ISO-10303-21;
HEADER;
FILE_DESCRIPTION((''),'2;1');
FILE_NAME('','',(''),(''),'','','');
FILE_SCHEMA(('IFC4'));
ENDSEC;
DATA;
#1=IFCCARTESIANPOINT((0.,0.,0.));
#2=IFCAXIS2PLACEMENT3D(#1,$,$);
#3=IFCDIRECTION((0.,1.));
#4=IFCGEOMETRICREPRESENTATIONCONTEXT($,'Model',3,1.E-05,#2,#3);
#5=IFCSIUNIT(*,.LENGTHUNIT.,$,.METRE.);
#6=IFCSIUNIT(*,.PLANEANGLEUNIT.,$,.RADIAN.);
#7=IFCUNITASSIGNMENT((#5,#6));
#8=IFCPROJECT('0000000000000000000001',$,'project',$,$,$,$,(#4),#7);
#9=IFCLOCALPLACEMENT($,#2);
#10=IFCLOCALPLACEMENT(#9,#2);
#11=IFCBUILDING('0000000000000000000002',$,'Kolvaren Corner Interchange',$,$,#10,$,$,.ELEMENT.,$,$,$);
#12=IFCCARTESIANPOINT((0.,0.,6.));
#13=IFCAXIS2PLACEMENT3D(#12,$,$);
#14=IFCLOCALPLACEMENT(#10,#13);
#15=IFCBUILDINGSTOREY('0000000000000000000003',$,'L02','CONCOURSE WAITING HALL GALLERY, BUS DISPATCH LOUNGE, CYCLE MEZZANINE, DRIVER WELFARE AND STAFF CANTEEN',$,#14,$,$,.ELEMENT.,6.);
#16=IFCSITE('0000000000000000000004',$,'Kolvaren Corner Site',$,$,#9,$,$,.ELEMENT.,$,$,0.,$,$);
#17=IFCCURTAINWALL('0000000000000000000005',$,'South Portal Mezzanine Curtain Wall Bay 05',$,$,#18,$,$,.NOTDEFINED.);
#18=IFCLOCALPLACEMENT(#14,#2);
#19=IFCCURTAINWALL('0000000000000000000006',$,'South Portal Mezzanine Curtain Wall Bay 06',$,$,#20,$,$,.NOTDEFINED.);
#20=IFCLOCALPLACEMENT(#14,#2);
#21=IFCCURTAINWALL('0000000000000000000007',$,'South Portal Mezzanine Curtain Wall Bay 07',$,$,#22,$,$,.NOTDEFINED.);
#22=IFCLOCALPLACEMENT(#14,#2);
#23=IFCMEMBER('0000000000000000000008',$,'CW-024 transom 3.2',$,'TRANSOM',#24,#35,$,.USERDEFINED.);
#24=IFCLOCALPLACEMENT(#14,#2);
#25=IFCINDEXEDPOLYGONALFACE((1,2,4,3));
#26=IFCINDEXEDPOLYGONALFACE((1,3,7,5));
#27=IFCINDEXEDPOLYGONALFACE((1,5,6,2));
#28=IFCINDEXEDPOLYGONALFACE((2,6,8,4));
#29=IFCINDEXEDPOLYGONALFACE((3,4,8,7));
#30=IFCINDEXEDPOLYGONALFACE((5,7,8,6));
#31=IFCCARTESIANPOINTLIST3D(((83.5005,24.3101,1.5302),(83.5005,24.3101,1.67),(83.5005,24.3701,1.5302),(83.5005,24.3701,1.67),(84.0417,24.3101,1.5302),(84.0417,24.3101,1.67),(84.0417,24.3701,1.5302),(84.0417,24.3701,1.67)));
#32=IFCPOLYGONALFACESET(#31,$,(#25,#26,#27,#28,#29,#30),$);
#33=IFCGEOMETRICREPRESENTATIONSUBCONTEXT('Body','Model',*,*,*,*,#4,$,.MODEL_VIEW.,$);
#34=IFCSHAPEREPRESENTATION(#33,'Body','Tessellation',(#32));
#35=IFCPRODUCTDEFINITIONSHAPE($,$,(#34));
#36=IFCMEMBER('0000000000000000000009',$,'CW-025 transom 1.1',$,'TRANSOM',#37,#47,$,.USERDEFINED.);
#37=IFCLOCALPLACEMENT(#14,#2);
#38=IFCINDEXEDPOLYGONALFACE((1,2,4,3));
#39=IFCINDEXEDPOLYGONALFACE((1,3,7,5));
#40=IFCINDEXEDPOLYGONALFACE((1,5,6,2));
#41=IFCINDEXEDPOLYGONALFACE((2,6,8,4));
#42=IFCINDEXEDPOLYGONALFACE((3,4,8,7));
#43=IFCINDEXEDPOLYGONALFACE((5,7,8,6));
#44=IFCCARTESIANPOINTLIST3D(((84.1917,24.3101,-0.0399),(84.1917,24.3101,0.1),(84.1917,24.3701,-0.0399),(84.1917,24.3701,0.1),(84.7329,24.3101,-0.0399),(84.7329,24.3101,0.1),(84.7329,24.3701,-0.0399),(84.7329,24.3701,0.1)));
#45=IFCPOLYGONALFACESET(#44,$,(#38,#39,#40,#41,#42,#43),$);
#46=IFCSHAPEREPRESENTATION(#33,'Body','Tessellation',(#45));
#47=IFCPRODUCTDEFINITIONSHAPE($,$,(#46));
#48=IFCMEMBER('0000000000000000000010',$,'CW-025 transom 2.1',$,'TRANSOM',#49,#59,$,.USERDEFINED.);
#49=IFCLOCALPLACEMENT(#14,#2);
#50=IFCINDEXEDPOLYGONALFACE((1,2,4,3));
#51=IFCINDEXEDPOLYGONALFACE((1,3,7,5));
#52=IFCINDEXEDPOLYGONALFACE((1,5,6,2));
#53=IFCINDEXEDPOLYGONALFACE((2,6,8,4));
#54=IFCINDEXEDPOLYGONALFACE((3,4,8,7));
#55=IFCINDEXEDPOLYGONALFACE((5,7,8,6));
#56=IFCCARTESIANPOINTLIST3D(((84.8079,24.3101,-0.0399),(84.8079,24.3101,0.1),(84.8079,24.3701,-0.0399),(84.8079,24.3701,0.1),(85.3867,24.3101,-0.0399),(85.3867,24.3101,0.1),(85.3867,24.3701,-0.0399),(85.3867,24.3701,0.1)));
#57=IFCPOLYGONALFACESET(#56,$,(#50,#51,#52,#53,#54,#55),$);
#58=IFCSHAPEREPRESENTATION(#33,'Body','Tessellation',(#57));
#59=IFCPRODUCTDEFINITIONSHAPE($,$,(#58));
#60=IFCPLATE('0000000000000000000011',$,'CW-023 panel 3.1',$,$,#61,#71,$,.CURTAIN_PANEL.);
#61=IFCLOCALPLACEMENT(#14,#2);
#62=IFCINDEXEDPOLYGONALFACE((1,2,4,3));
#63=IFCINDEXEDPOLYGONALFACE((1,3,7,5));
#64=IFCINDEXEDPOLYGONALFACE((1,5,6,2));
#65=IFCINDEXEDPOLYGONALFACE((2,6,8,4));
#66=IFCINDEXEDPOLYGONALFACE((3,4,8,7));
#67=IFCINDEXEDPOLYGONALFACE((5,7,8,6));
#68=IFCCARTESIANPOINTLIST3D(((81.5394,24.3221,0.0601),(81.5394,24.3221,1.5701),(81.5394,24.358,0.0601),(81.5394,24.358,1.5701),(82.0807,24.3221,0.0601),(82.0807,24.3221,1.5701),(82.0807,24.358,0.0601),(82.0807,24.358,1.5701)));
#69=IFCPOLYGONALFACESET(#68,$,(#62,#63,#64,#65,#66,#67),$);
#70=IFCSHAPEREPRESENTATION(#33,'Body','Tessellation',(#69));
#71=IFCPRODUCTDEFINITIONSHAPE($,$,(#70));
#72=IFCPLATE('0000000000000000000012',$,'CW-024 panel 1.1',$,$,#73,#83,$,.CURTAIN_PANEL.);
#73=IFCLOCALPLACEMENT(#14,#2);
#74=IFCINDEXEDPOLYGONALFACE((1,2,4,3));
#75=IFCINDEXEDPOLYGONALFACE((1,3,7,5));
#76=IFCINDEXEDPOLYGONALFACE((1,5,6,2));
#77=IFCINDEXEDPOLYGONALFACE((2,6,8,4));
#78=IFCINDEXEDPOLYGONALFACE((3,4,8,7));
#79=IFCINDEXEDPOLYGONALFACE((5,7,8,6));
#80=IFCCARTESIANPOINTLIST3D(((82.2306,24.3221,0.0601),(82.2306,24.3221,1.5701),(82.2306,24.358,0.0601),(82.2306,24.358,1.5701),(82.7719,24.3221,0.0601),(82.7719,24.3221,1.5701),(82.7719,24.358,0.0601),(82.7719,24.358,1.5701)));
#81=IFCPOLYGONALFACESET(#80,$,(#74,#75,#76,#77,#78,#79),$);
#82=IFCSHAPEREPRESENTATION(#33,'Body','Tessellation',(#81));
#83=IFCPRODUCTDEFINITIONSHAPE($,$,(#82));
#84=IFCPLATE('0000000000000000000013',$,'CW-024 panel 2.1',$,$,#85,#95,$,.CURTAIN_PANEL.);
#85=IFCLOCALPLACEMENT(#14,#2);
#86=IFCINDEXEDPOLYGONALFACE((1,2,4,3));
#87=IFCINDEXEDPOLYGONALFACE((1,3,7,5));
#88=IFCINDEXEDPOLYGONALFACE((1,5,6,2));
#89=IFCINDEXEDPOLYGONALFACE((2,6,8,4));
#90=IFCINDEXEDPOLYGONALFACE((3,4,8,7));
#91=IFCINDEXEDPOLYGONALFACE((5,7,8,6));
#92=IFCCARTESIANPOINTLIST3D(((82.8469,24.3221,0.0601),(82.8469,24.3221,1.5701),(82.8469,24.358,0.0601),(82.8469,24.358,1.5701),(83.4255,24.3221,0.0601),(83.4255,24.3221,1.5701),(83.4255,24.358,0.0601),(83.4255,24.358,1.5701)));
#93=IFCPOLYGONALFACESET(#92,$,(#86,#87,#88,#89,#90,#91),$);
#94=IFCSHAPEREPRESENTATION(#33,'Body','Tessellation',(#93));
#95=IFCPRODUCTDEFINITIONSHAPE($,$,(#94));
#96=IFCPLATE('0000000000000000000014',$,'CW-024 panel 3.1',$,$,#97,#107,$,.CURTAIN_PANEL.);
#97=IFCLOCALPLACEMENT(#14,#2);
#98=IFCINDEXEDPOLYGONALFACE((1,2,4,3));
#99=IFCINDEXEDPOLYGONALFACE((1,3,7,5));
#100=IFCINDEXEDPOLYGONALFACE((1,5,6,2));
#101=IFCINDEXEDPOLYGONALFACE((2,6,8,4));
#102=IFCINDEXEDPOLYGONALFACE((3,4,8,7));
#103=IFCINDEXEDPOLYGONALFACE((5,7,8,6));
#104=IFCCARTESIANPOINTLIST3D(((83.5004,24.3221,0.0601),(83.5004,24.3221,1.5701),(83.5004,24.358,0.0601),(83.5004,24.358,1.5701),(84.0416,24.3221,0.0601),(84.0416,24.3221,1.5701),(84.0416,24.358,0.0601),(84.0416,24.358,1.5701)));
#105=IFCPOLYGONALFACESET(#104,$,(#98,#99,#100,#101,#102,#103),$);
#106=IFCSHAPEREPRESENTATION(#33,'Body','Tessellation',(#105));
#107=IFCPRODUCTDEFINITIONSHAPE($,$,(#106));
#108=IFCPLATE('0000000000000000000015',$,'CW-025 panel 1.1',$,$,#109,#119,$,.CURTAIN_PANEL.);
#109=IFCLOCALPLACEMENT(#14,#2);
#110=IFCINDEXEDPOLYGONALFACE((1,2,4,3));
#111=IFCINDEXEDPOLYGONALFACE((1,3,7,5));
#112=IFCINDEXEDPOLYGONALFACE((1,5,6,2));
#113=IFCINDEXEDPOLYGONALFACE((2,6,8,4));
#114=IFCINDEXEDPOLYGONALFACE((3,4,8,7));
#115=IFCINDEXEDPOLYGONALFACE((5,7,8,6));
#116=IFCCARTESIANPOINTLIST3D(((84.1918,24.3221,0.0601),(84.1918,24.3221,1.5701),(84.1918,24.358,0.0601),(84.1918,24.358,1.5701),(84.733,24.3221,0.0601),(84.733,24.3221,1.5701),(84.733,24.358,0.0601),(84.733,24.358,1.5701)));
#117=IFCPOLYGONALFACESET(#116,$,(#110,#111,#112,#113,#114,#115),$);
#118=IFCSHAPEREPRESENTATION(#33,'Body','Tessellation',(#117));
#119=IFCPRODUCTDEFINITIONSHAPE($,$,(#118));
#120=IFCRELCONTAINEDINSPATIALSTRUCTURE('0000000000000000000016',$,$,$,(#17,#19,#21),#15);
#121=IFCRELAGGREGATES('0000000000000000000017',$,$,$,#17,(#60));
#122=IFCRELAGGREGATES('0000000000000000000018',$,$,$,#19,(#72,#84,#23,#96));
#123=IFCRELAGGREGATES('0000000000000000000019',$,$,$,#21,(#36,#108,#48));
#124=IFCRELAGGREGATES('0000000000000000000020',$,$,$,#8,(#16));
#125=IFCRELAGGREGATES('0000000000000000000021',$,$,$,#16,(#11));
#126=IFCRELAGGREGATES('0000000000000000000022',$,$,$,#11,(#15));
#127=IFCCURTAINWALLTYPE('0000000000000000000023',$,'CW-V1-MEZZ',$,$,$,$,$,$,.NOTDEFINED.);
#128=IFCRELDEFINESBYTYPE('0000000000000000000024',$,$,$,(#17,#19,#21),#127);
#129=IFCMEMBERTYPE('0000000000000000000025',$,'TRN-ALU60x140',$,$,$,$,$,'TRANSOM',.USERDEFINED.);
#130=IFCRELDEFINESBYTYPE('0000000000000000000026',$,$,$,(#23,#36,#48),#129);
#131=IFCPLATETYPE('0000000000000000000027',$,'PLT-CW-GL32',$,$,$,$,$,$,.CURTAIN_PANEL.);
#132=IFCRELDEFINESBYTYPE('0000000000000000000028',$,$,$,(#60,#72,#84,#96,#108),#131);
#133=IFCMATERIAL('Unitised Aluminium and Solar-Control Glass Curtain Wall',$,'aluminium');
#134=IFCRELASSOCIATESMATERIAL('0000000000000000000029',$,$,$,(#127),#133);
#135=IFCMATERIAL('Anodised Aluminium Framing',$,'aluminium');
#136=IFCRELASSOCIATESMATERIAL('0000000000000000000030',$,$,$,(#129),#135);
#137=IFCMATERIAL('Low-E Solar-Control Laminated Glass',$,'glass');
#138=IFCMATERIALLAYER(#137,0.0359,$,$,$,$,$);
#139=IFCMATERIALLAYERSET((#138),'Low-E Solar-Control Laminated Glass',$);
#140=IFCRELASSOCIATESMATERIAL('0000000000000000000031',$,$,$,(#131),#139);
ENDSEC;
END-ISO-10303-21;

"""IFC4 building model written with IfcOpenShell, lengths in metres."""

from ifc_helpers import new_model, si_unit, direction, frame, origin, origin_2d, place, context, subcontext, project, spatial, rectangle, extrude, material, layer, layer_set, material_profile, profile_set, type_object, element, aggregate, save


model = new_model("IFC4")

# Units and contexts
model_context = context("Model", 3, precision=1e-05, world=origin(), true_north=direction((0.0, 1.0)))
body_context = subcontext(model_context, "Body", "Model", "MODEL_VIEW")
ifc_project = project(units=[si_unit("LENGTHUNIT", "METRE"), si_unit("PLANEANGLEUNIT", "RADIAN")], contexts=[model_context])

# Site, building, storey
site_placement = place(None, origin())
site = spatial("IfcSite", under=ifc_project, at=site_placement, Name="Kolvaren Corner Site", CompositionType="ELEMENT", RefElevation=0.0)
building_placement = place(site_placement, origin())
building = spatial("IfcBuilding", under=site, at=building_placement, Name="Kolvaren Corner Interchange", CompositionType="ELEMENT")
storey_placement = place(building_placement, frame((0.0, 0.0, 6.0)))
storey = spatial("IfcBuildingStorey", under=building, at=storey_placement, Name="L02", Description="CONCOURSE WAITING HALL GALLERY, BUS DISPATCH LOUNGE, CYCLE MEZZANINE, DRIVER WELFARE AND STAFF CANTEEN", CompositionType="ELEMENT", Elevation=6.0)

# Curtain walls
ifc_material_1 = material(Name="Unitised Aluminium and Solar-Control Glass Curtain Wall", Category="aluminium")
curtain_wall_type = type_object("IfcCurtainWallType", Name="CW-V1-MEZZ", PredefinedType="NOTDEFINED", material=ifc_material_1)
curtain_wall_1_placement = place(storey_placement, origin())
curtain_wall_1 = element("IfcCurtainWall", 1, at=curtain_wall_1_placement, inside=storey, type_object=curtain_wall_type, Name="South Portal Mezzanine Curtain Wall Bay 05", PredefinedType="NOTDEFINED")
curtain_wall_2_placement = place(storey_placement, origin())
curtain_wall_2 = element("IfcCurtainWall", 2, at=curtain_wall_2_placement, inside=storey, type_object=curtain_wall_type, Name="South Portal Mezzanine Curtain Wall Bay 06", PredefinedType="NOTDEFINED")
curtain_wall_3_placement = place(storey_placement, origin())
curtain_wall_3 = element("IfcCurtainWall", 3, at=curtain_wall_3_placement, inside=storey, type_object=curtain_wall_type, Name="South Portal Mezzanine Curtain Wall Bay 07", PredefinedType="NOTDEFINED")

# Members
ifc_material_2 = material(Name="Anodised Aluminium Framing", Category="aluminium")
ifc_material_profile_1 = material_profile(ifc_material_2, rectangle(XDim=0.0601, YDim=0.1399, at=origin_2d()), Name="ALU 60x140")
ifc_profile_set_1 = profile_set([ifc_material_profile_1], Name="Anodised Aluminium Framing")
member_type_1 = type_object("IfcMemberType", Name="TRN-ALU60x140", ElementType="TRANSOM", PredefinedType="USERDEFINED", material=ifc_profile_set_1)
member_1_placement = place(storey_placement, frame((83.5005, 24.3401, 1.6001), z_axis=(1.0, 0.0, 0.0), x_axis=(0.0, 1.0, 0.0)))
member_1 = element("IfcMember", 4, at=member_1_placement, type_object=member_type_1, Name="CW-024 transom 3.2", ObjectType="TRANSOM", PredefinedType="USERDEFINED", context=body_context, shape_type="SweptSolid", body=[
    extrude(rectangle(XDim=0.0601, YDim=0.1399, at=origin_2d()), origin(), (0.0, 0.0, 1.0), 0.5413),
])
member_2_placement = place(storey_placement, frame((84.1917, 24.3401, 0.03), z_axis=(1.0, 0.0, 0.0), x_axis=(0.0, 1.0, 0.0)))
member_2 = element("IfcMember", 5, at=member_2_placement, type_object=member_type_1, Name="CW-025 transom 1.1", ObjectType="TRANSOM", PredefinedType="USERDEFINED", context=body_context, shape_type="SweptSolid", body=[
    extrude(rectangle(XDim=0.0601, YDim=0.1399, at=origin_2d()), origin(), (0.0, 0.0, 1.0), 0.5413),
])
member_3_placement = place(storey_placement, frame((84.8079, 24.3401, 0.03), z_axis=(1.0, 0.0, 0.0), x_axis=(0.0, 1.0, 0.0)))
member_3 = element("IfcMember", 6, at=member_3_placement, type_object=member_type_1, Name="CW-025 transom 2.1", ObjectType="TRANSOM", PredefinedType="USERDEFINED", context=body_context, shape_type="SweptSolid", body=[
    extrude(rectangle(XDim=0.0601, YDim=0.1399, at=origin_2d()), origin(), (0.0, 0.0, 1.0), 0.5789),
])

# Plates
ifc_material_3 = material(Name="Low-E Solar-Control Laminated Glass", Category="glass")
ifc_layer = layer(ifc_material_3, 0.0359)
ifc_layer_set = layer_set([ifc_layer], Name="Low-E Solar-Control Laminated Glass")
plate_type = type_object("IfcPlateType", Name="PLT-CW-GL32", PredefinedType="CURTAIN_PANEL", material=ifc_layer_set)
plate_1_placement = place(storey_placement, frame((81.8101, 24.3401, 0.0601), z_axis=(0.0, 0.0, 1.0), x_axis=(1.0, 0.0, 0.0)))
plate_1 = element("IfcPlate", 7, at=plate_1_placement, type_object=plate_type, Name="CW-023 panel 3.1", PredefinedType="CURTAIN_PANEL", context=body_context, shape_type="SweptSolid", body=[
    extrude(rectangle(XDim=0.5413, YDim=0.0359, at=origin_2d()), origin(), (0.0, 0.0, 1.0), 1.51),
])
aggregate(curtain_wall_1, [plate_1])
plate_2_placement = place(storey_placement, frame((82.5012, 24.3401, 0.0601), z_axis=(0.0, 0.0, 1.0), x_axis=(1.0, 0.0, 0.0)))
plate_2 = element("IfcPlate", 8, at=plate_2_placement, type_object=plate_type, Name="CW-024 panel 1.1", PredefinedType="CURTAIN_PANEL", context=body_context, shape_type="SweptSolid", body=[
    extrude(rectangle(XDim=0.5413, YDim=0.0359, at=origin_2d()), origin(), (0.0, 0.0, 1.0), 1.51),
])
plate_3_placement = place(storey_placement, frame((83.1362, 24.3401, 0.0601), z_axis=(0.0, 0.0, 1.0), x_axis=(1.0, 0.0, 0.0)))
plate_3 = element("IfcPlate", 9, at=plate_3_placement, type_object=plate_type, Name="CW-024 panel 2.1", PredefinedType="CURTAIN_PANEL", context=body_context, shape_type="SweptSolid", body=[
    extrude(rectangle(XDim=0.5786, YDim=0.0359, at=origin_2d()), origin(), (0.0, 0.0, 1.0), 1.51),
])
plate_4_placement = place(storey_placement, frame((83.771, 24.3401, 0.0601), z_axis=(0.0, 0.0, 1.0), x_axis=(1.0, 0.0, 0.0)))
plate_4 = element("IfcPlate", 10, at=plate_4_placement, type_object=plate_type, Name="CW-024 panel 3.1", PredefinedType="CURTAIN_PANEL", context=body_context, shape_type="SweptSolid", body=[
    extrude(rectangle(XDim=0.5413, YDim=0.0359, at=origin_2d()), origin(), (0.0, 0.0, 1.0), 1.51),
])
aggregate(curtain_wall_2, [plate_2, plate_3, member_1, plate_4])
plate_5_placement = place(storey_placement, frame((84.4624, 24.3401, 0.0601), z_axis=(0.0, 0.0, 1.0), x_axis=(1.0, 0.0, 0.0)))
plate_5 = element("IfcPlate", 11, at=plate_5_placement, type_object=plate_type, Name="CW-025 panel 1.1", PredefinedType="CURTAIN_PANEL", context=body_context, shape_type="SweptSolid", body=[
    extrude(rectangle(XDim=0.5413, YDim=0.0359, at=origin_2d()), origin(), (0.0, 0.0, 1.0), 1.51),
])
aggregate(curtain_wall_3, [member_2, plate_5, member_3])

save(model, "model.ifc")
